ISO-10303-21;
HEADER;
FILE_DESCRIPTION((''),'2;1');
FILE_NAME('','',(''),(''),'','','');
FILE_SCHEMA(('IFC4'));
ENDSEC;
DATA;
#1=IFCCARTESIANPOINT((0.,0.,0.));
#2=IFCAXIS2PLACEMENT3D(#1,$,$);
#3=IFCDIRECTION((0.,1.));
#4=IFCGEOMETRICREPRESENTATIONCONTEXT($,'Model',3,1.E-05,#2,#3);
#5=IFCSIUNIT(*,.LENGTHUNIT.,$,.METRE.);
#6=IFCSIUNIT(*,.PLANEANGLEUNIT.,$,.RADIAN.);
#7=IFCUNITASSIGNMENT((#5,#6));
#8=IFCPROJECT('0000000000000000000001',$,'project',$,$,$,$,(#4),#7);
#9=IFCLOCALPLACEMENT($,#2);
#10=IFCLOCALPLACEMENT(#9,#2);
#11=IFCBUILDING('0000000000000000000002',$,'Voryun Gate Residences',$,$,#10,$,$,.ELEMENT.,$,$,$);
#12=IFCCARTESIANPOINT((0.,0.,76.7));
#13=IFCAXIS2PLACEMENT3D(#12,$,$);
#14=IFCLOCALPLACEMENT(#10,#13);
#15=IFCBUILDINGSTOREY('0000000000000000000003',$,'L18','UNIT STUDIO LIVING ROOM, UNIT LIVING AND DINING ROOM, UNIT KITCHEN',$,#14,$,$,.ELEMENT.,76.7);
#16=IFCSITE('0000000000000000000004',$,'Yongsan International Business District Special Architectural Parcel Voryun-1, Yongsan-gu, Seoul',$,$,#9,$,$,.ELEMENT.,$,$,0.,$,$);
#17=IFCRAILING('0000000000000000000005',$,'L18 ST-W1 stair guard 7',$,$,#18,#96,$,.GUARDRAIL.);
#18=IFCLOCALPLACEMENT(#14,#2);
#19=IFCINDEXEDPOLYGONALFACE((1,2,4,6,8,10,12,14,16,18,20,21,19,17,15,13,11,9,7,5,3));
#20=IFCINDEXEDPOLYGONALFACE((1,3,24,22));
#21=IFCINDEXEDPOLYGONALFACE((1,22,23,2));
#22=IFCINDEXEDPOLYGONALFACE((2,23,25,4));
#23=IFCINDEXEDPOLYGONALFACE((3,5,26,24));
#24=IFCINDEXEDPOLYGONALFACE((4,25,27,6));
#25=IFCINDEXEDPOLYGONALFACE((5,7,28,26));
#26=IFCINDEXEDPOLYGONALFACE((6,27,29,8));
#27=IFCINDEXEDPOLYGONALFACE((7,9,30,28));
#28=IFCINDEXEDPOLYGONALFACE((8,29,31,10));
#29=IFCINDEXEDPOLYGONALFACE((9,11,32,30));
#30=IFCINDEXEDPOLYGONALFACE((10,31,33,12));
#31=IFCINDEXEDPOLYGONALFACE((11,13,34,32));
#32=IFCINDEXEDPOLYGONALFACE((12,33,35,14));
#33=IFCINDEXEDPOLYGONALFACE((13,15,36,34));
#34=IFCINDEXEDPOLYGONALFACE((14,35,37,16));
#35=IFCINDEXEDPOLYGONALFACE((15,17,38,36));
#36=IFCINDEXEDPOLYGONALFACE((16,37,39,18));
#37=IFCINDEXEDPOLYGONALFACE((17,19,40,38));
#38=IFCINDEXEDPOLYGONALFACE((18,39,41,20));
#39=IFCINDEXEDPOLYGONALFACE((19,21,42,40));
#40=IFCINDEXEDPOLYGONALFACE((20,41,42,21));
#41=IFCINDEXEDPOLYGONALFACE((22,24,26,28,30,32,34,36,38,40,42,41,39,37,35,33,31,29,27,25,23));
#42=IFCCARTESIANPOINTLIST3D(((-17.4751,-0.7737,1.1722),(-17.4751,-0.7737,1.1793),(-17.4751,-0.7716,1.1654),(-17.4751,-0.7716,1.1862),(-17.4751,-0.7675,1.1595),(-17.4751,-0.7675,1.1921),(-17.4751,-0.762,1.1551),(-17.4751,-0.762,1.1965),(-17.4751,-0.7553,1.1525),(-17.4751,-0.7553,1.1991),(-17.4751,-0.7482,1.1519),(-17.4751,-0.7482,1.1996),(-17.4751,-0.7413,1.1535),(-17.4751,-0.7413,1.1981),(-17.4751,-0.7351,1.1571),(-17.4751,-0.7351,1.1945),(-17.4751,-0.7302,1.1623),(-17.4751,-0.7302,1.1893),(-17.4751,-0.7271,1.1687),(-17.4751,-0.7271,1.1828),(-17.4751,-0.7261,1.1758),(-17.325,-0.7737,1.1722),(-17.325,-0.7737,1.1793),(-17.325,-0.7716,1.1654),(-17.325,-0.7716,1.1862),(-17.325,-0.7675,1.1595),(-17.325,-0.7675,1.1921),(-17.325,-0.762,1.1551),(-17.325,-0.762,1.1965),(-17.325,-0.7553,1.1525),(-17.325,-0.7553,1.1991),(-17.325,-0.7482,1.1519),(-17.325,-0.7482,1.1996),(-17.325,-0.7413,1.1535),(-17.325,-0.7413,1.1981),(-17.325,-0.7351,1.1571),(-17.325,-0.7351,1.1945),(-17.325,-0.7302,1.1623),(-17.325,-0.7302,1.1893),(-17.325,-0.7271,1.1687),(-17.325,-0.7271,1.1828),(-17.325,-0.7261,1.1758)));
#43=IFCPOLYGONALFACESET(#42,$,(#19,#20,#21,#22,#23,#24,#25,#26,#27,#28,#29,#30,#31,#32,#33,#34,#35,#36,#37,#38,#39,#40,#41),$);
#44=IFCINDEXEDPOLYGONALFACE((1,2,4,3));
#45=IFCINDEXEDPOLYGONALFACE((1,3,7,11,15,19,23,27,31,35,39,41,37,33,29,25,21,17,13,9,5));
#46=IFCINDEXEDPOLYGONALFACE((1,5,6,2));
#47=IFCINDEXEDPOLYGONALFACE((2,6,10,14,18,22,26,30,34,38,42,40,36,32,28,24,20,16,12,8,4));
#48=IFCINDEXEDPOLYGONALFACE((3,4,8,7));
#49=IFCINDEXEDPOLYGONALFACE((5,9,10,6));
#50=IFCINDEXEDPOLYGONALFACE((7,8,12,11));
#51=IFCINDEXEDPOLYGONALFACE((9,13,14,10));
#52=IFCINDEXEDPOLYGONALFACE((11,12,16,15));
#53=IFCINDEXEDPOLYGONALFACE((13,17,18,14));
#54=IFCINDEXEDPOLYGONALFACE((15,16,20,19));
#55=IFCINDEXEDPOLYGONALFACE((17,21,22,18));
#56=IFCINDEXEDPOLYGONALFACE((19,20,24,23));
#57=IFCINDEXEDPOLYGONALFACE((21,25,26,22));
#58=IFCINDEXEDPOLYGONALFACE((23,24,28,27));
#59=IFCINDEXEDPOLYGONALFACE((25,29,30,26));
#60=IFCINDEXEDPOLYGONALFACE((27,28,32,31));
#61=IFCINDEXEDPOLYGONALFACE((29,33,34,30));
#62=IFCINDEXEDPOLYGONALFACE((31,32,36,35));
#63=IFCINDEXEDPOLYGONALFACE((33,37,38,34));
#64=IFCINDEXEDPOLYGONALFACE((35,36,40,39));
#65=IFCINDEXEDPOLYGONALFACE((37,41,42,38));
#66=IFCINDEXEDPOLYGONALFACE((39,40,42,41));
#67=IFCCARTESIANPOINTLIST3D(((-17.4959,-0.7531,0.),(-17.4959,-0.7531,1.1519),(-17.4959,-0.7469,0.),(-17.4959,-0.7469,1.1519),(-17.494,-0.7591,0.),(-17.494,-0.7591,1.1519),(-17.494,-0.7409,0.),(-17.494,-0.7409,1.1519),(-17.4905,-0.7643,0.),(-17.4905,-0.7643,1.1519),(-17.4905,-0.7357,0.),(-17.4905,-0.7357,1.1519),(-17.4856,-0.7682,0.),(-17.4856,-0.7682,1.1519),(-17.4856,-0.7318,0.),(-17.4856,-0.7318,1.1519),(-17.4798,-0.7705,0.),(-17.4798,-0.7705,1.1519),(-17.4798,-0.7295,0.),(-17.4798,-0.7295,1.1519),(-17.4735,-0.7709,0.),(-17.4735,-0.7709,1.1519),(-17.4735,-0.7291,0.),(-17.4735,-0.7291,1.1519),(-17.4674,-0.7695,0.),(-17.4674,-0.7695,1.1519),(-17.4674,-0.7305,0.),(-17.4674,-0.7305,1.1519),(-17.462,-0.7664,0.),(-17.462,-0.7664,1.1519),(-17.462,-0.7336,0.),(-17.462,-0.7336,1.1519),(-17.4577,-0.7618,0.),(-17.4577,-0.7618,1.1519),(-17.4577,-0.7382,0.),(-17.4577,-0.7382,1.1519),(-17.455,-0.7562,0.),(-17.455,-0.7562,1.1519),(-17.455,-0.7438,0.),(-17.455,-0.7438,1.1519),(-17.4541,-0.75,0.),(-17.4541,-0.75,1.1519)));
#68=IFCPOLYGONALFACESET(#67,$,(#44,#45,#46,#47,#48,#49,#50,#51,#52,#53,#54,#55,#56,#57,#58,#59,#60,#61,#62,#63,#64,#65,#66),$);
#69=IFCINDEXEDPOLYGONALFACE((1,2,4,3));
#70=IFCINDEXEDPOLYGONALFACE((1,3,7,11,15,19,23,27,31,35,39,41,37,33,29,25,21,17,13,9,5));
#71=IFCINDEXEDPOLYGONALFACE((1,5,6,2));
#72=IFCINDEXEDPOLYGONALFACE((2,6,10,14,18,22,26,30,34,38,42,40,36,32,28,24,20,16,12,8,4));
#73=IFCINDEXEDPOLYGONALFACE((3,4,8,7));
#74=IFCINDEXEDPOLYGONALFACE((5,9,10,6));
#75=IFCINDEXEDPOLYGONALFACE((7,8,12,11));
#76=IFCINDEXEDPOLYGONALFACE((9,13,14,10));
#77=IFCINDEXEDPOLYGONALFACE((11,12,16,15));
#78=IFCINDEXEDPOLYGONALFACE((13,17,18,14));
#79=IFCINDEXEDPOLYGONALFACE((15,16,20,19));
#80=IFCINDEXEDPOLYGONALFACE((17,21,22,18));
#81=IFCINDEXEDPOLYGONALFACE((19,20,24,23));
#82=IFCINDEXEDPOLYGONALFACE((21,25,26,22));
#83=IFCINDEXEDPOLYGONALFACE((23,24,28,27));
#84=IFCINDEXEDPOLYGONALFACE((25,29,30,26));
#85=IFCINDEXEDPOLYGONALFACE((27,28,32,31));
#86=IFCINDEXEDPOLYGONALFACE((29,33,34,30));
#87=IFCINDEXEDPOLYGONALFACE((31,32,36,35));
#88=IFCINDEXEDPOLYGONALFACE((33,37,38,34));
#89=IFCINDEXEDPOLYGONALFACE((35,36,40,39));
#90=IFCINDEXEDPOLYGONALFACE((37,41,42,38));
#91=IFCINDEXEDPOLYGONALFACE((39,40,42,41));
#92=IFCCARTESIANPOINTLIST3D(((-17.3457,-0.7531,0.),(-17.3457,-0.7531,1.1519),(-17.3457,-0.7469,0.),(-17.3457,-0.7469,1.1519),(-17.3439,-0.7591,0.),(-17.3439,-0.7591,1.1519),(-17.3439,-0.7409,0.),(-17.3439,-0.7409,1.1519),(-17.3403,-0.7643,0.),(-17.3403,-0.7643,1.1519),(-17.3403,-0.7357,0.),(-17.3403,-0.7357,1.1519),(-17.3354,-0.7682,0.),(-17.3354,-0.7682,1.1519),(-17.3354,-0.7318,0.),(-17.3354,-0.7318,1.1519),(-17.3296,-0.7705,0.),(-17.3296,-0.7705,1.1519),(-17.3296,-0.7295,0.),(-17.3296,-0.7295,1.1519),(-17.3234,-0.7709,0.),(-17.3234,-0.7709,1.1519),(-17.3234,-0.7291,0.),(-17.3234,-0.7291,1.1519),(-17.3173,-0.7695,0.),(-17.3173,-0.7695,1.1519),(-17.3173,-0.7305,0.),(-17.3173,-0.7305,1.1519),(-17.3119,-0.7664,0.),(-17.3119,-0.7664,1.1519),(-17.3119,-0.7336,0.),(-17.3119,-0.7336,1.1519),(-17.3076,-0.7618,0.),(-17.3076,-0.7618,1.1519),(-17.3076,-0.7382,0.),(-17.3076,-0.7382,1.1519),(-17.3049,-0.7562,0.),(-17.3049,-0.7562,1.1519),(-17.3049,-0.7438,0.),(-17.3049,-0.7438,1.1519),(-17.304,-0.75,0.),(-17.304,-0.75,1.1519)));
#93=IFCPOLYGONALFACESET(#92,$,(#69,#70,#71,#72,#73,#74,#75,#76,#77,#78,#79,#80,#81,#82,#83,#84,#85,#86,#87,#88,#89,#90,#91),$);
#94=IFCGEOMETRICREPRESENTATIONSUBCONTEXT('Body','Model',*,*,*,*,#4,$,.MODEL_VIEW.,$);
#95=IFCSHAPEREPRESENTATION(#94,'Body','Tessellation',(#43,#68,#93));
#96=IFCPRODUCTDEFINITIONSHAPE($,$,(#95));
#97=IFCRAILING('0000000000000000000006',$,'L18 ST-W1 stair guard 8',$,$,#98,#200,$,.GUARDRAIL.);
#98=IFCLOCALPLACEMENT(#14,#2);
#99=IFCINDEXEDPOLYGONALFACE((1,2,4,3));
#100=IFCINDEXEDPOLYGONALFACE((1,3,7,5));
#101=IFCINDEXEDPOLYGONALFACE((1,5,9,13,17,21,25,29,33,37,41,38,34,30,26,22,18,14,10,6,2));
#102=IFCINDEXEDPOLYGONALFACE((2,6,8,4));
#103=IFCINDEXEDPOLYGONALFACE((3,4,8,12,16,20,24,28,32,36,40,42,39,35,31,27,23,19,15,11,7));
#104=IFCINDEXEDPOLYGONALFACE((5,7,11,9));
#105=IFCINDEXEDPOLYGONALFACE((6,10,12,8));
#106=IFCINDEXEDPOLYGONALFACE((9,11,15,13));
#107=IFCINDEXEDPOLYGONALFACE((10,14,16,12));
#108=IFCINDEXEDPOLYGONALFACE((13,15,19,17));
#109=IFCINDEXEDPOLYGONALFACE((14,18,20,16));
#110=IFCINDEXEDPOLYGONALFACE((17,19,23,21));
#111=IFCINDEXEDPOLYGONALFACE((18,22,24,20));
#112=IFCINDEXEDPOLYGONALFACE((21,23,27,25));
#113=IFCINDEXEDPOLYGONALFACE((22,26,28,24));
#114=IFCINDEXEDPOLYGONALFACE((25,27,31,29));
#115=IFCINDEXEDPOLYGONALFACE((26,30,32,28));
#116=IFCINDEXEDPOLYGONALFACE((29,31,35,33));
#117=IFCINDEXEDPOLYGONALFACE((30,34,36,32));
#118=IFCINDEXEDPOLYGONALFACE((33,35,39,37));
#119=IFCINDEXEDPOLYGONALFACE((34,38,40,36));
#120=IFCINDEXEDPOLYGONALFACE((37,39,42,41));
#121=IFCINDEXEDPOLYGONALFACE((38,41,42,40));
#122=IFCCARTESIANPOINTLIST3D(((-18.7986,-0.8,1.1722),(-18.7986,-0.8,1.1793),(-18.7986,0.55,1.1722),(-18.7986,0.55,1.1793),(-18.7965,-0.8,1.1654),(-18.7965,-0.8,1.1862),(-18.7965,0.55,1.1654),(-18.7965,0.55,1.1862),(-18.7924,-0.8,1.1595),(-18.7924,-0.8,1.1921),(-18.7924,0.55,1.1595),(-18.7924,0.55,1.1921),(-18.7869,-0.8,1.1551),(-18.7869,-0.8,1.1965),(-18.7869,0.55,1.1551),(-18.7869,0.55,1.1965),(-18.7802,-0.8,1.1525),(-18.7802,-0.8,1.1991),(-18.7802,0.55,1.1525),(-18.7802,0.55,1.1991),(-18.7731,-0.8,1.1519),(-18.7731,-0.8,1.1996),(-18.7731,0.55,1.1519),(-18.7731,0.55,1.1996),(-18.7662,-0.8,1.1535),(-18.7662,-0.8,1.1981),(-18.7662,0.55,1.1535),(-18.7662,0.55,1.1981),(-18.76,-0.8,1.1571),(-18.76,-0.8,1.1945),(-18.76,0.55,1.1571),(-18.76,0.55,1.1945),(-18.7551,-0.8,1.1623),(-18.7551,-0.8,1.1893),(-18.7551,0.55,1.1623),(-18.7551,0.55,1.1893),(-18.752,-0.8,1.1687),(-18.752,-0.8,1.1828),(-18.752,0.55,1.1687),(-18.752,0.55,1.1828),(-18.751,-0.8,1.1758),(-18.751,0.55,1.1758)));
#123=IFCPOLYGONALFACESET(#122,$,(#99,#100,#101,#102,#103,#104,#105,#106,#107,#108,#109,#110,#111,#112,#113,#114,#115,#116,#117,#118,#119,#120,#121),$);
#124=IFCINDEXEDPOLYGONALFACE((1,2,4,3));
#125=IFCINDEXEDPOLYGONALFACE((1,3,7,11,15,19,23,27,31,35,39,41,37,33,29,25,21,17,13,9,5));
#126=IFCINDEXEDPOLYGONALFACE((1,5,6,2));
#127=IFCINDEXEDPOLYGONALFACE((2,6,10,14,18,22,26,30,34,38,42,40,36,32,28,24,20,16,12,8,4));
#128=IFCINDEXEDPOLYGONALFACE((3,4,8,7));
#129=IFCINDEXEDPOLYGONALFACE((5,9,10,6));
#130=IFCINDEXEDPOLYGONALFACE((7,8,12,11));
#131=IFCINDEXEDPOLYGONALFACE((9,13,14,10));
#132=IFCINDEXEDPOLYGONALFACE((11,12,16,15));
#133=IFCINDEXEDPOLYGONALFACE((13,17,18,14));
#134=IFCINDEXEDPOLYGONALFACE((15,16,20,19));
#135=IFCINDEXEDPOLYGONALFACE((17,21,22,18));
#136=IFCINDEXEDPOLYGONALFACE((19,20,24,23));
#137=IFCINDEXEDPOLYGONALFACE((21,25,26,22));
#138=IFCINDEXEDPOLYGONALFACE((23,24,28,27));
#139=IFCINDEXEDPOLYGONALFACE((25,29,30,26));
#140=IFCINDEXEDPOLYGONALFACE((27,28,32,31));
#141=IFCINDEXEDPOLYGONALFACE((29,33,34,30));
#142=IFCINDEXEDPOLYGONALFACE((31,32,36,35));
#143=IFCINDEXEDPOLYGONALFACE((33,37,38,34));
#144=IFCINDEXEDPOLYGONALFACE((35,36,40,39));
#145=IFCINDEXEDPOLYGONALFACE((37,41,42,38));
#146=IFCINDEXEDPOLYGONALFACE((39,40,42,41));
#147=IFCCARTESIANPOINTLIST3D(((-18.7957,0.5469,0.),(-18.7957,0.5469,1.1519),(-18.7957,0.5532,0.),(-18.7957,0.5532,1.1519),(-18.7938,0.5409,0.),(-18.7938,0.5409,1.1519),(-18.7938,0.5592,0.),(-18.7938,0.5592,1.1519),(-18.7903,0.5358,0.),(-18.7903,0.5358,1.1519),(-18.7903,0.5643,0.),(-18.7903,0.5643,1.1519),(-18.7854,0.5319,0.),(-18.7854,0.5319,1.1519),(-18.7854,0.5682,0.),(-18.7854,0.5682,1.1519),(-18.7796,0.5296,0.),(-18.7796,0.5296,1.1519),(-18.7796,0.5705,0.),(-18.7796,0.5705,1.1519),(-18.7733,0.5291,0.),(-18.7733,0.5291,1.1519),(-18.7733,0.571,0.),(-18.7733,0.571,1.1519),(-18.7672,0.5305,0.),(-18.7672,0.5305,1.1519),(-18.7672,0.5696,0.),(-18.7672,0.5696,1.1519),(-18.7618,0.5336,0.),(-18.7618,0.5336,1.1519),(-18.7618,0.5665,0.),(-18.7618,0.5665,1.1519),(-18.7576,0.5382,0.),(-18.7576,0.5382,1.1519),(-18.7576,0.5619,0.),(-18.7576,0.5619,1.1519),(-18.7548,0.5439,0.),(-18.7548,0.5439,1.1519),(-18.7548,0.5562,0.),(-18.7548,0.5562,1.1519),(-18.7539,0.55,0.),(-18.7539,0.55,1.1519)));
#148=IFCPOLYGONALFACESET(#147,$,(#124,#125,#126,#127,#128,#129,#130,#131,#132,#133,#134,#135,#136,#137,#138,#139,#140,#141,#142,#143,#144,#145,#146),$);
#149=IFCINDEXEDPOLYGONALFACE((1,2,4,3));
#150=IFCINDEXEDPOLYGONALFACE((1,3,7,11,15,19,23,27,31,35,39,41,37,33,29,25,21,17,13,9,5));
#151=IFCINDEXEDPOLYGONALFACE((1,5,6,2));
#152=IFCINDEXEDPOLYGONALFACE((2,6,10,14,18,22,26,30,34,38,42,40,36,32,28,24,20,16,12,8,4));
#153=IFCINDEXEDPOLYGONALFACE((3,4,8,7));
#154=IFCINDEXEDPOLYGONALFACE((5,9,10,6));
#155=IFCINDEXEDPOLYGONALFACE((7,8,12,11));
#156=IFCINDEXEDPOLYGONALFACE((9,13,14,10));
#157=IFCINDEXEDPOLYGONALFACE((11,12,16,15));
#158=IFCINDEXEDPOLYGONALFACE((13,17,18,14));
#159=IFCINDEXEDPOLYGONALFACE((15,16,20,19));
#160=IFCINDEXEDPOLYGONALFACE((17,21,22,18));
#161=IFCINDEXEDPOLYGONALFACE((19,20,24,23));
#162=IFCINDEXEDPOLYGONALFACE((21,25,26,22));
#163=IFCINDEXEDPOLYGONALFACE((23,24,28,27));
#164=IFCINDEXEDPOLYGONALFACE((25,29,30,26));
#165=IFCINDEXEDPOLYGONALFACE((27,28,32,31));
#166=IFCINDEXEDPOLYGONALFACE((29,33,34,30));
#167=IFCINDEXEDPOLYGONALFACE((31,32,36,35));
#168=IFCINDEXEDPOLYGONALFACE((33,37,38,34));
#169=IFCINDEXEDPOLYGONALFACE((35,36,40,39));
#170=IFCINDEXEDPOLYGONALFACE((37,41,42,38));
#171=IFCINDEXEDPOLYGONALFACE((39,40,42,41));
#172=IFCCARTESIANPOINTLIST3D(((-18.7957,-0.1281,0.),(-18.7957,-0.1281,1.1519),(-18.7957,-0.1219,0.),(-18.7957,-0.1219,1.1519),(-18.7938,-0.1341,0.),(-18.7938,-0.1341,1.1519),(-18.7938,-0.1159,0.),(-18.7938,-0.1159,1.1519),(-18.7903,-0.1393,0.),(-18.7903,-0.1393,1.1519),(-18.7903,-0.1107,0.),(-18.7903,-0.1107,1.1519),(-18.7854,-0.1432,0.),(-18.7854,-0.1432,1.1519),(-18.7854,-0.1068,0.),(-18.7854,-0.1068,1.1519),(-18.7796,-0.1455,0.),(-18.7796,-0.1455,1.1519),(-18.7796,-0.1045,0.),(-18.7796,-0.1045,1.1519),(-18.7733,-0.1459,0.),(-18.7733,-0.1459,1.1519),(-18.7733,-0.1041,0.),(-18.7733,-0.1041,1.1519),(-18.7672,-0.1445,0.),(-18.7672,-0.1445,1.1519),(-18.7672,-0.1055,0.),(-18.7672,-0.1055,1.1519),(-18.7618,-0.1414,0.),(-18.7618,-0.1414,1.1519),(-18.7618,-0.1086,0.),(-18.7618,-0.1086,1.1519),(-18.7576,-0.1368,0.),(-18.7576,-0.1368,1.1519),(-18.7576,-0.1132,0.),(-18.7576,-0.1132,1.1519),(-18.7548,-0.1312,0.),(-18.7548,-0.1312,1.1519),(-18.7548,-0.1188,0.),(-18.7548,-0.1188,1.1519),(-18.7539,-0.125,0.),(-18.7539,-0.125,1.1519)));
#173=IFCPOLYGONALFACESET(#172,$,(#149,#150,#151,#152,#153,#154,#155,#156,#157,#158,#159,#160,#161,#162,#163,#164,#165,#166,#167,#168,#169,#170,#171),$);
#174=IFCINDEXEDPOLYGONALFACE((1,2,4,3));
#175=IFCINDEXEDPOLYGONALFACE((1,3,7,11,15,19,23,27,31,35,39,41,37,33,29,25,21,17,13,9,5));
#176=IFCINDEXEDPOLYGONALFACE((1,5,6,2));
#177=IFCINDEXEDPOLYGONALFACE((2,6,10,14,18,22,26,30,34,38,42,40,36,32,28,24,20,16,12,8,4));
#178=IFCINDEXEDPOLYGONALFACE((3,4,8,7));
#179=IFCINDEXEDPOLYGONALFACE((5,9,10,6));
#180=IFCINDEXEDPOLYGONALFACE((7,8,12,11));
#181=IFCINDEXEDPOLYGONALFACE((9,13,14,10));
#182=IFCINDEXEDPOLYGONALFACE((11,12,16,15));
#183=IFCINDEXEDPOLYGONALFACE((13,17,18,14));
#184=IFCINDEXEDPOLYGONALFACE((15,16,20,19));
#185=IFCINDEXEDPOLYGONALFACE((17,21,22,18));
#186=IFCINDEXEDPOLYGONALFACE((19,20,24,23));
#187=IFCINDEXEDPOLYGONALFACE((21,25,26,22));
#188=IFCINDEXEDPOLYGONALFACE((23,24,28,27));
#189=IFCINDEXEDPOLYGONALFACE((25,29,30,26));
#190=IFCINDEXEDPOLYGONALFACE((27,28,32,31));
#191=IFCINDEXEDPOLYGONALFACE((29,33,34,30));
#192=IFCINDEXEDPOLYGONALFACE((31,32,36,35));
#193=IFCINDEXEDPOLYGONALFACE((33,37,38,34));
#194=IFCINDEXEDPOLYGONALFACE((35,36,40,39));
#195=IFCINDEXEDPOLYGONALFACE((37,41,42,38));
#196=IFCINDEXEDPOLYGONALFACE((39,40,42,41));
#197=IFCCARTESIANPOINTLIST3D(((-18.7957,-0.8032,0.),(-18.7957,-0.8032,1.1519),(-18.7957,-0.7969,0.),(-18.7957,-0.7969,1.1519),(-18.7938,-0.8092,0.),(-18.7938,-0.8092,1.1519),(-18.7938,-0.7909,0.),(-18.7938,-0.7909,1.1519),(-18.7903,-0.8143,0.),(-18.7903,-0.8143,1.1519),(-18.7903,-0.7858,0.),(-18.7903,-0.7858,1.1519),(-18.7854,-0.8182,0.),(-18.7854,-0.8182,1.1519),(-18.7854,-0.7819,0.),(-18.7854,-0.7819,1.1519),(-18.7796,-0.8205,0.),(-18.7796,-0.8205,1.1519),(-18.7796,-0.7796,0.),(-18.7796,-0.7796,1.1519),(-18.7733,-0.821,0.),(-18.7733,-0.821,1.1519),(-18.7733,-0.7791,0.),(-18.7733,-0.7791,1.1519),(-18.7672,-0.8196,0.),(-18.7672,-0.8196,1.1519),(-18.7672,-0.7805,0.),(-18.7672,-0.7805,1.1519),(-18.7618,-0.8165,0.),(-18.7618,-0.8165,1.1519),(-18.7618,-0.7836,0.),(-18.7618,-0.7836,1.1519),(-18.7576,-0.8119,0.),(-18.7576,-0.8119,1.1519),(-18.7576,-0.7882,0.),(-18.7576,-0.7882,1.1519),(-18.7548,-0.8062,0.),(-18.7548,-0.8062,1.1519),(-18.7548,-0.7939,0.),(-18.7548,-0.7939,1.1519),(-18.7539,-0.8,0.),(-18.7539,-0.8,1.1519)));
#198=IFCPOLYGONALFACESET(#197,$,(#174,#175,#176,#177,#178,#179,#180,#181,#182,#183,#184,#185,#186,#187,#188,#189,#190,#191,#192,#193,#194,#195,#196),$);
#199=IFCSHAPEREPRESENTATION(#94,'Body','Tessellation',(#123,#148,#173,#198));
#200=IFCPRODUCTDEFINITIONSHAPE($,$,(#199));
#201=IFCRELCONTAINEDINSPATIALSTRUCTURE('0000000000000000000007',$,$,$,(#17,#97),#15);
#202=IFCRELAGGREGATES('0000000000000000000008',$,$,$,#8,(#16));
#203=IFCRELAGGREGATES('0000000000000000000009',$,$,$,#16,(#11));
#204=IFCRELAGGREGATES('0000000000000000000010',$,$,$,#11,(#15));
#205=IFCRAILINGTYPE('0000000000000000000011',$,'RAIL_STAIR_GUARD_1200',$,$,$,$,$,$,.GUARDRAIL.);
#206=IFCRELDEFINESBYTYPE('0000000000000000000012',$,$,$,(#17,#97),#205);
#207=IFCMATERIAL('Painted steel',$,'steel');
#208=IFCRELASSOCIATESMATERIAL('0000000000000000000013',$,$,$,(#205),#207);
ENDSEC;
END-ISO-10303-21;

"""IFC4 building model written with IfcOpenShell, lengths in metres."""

from ifc_helpers import new_model, si_unit, direction, frame, origin, origin_2d, place, context, subcontext, project, spatial, circle, extrude, material, type_object, element, save


model = new_model("IFC4")

# Units and contexts
model_context = context("Model", 3, precision=1e-05, world=origin(), true_north=direction((0.0, 1.0)))
body_context = subcontext(model_context, "Body", "Model", "MODEL_VIEW")
ifc_project = project(units=[si_unit("LENGTHUNIT", "METRE"), si_unit("PLANEANGLEUNIT", "RADIAN")], contexts=[model_context])

# Site, building, storey
site_placement = place(None, origin())
site = spatial("IfcSite", under=ifc_project, at=site_placement, Name="Yongsan International Business District Special Architectural Parcel Voryun-1, Yongsan-gu, Seoul", CompositionType="ELEMENT", RefElevation=0.0)
building_placement = place(site_placement, origin())
building = spatial("IfcBuilding", under=site, at=building_placement, Name="Voryun Gate Residences", CompositionType="ELEMENT")
storey_placement = place(building_placement, frame((0.0, 0.0, 76.7)))
storey = spatial("IfcBuildingStorey", under=building, at=storey_placement, Name="L18", Description="UNIT STUDIO LIVING ROOM, UNIT LIVING AND DINING ROOM, UNIT KITCHEN", CompositionType="ELEMENT", Elevation=76.7)

# Railings
ifc_material_1 = material(Name="Painted steel", Category="steel")
railing_type = type_object("IfcRailingType", Name="RAIL_STAIR_GUARD_1200", PredefinedType="GUARDRAIL", material=ifc_material_1)
railing_placement = place(storey_placement, frame((-17.4751, -0.75, 0.0)))
element("IfcRailing", 1, at=railing_placement, inside=storey, type_object=railing_type, Name="L18 ST-W1 stair guard 7", PredefinedType="GUARDRAIL", context=body_context, shape_type="SweptSolid", body=[
    extrude(circle(Radius=0.0239, at=origin_2d()), frame((0.0, 0.0, 1.1758), z_axis=(1.0, 0.0, 0.0), x_axis=(0.0, 1.0, 0.0)), (0.0, 0.0, 1.0), 0.1501),
    extrude(circle(Radius=0.021, at=origin_2d()), origin(), (0.0, 0.0, 1.0), 1.1519),
    extrude(circle(Radius=0.021, at=origin_2d()), frame((0.1501, 0.0, 0.0)), (0.0, 0.0, 1.0), 1.1519),
])
for number, where, name in (
    (2, (-18.7749, 0.55, 0.0), "L18 ST-W1 stair guard 8"),
):
    element("IfcRailing", number, at=place(storey_placement, frame(where)), inside=storey, type_object=railing_type, Name=name, PredefinedType="GUARDRAIL", context=body_context, shape_type="SweptSolid", body=[
        extrude(circle(Radius=0.0239, at=origin_2d()), frame((0.0, 0.0, 1.1758), z_axis=(0.0, -1.0, 0.0), x_axis=(1.0, 0.0, 0.0)), (0.0, 0.0, 1.0), 1.3501),
        extrude(circle(Radius=0.021, at=origin_2d()), origin(), (0.0, 0.0, 1.0), 1.1519),
        extrude(circle(Radius=0.021, at=origin_2d()), frame((0.0, -0.675, 0.0)), (0.0, 0.0, 1.0), 1.1519),
        extrude(circle(Radius=0.021, at=origin_2d()), frame((0.0, -1.3501, 0.0)), (0.0, 0.0, 1.0), 1.1519),
    ])

save(model, "model.ifc")
